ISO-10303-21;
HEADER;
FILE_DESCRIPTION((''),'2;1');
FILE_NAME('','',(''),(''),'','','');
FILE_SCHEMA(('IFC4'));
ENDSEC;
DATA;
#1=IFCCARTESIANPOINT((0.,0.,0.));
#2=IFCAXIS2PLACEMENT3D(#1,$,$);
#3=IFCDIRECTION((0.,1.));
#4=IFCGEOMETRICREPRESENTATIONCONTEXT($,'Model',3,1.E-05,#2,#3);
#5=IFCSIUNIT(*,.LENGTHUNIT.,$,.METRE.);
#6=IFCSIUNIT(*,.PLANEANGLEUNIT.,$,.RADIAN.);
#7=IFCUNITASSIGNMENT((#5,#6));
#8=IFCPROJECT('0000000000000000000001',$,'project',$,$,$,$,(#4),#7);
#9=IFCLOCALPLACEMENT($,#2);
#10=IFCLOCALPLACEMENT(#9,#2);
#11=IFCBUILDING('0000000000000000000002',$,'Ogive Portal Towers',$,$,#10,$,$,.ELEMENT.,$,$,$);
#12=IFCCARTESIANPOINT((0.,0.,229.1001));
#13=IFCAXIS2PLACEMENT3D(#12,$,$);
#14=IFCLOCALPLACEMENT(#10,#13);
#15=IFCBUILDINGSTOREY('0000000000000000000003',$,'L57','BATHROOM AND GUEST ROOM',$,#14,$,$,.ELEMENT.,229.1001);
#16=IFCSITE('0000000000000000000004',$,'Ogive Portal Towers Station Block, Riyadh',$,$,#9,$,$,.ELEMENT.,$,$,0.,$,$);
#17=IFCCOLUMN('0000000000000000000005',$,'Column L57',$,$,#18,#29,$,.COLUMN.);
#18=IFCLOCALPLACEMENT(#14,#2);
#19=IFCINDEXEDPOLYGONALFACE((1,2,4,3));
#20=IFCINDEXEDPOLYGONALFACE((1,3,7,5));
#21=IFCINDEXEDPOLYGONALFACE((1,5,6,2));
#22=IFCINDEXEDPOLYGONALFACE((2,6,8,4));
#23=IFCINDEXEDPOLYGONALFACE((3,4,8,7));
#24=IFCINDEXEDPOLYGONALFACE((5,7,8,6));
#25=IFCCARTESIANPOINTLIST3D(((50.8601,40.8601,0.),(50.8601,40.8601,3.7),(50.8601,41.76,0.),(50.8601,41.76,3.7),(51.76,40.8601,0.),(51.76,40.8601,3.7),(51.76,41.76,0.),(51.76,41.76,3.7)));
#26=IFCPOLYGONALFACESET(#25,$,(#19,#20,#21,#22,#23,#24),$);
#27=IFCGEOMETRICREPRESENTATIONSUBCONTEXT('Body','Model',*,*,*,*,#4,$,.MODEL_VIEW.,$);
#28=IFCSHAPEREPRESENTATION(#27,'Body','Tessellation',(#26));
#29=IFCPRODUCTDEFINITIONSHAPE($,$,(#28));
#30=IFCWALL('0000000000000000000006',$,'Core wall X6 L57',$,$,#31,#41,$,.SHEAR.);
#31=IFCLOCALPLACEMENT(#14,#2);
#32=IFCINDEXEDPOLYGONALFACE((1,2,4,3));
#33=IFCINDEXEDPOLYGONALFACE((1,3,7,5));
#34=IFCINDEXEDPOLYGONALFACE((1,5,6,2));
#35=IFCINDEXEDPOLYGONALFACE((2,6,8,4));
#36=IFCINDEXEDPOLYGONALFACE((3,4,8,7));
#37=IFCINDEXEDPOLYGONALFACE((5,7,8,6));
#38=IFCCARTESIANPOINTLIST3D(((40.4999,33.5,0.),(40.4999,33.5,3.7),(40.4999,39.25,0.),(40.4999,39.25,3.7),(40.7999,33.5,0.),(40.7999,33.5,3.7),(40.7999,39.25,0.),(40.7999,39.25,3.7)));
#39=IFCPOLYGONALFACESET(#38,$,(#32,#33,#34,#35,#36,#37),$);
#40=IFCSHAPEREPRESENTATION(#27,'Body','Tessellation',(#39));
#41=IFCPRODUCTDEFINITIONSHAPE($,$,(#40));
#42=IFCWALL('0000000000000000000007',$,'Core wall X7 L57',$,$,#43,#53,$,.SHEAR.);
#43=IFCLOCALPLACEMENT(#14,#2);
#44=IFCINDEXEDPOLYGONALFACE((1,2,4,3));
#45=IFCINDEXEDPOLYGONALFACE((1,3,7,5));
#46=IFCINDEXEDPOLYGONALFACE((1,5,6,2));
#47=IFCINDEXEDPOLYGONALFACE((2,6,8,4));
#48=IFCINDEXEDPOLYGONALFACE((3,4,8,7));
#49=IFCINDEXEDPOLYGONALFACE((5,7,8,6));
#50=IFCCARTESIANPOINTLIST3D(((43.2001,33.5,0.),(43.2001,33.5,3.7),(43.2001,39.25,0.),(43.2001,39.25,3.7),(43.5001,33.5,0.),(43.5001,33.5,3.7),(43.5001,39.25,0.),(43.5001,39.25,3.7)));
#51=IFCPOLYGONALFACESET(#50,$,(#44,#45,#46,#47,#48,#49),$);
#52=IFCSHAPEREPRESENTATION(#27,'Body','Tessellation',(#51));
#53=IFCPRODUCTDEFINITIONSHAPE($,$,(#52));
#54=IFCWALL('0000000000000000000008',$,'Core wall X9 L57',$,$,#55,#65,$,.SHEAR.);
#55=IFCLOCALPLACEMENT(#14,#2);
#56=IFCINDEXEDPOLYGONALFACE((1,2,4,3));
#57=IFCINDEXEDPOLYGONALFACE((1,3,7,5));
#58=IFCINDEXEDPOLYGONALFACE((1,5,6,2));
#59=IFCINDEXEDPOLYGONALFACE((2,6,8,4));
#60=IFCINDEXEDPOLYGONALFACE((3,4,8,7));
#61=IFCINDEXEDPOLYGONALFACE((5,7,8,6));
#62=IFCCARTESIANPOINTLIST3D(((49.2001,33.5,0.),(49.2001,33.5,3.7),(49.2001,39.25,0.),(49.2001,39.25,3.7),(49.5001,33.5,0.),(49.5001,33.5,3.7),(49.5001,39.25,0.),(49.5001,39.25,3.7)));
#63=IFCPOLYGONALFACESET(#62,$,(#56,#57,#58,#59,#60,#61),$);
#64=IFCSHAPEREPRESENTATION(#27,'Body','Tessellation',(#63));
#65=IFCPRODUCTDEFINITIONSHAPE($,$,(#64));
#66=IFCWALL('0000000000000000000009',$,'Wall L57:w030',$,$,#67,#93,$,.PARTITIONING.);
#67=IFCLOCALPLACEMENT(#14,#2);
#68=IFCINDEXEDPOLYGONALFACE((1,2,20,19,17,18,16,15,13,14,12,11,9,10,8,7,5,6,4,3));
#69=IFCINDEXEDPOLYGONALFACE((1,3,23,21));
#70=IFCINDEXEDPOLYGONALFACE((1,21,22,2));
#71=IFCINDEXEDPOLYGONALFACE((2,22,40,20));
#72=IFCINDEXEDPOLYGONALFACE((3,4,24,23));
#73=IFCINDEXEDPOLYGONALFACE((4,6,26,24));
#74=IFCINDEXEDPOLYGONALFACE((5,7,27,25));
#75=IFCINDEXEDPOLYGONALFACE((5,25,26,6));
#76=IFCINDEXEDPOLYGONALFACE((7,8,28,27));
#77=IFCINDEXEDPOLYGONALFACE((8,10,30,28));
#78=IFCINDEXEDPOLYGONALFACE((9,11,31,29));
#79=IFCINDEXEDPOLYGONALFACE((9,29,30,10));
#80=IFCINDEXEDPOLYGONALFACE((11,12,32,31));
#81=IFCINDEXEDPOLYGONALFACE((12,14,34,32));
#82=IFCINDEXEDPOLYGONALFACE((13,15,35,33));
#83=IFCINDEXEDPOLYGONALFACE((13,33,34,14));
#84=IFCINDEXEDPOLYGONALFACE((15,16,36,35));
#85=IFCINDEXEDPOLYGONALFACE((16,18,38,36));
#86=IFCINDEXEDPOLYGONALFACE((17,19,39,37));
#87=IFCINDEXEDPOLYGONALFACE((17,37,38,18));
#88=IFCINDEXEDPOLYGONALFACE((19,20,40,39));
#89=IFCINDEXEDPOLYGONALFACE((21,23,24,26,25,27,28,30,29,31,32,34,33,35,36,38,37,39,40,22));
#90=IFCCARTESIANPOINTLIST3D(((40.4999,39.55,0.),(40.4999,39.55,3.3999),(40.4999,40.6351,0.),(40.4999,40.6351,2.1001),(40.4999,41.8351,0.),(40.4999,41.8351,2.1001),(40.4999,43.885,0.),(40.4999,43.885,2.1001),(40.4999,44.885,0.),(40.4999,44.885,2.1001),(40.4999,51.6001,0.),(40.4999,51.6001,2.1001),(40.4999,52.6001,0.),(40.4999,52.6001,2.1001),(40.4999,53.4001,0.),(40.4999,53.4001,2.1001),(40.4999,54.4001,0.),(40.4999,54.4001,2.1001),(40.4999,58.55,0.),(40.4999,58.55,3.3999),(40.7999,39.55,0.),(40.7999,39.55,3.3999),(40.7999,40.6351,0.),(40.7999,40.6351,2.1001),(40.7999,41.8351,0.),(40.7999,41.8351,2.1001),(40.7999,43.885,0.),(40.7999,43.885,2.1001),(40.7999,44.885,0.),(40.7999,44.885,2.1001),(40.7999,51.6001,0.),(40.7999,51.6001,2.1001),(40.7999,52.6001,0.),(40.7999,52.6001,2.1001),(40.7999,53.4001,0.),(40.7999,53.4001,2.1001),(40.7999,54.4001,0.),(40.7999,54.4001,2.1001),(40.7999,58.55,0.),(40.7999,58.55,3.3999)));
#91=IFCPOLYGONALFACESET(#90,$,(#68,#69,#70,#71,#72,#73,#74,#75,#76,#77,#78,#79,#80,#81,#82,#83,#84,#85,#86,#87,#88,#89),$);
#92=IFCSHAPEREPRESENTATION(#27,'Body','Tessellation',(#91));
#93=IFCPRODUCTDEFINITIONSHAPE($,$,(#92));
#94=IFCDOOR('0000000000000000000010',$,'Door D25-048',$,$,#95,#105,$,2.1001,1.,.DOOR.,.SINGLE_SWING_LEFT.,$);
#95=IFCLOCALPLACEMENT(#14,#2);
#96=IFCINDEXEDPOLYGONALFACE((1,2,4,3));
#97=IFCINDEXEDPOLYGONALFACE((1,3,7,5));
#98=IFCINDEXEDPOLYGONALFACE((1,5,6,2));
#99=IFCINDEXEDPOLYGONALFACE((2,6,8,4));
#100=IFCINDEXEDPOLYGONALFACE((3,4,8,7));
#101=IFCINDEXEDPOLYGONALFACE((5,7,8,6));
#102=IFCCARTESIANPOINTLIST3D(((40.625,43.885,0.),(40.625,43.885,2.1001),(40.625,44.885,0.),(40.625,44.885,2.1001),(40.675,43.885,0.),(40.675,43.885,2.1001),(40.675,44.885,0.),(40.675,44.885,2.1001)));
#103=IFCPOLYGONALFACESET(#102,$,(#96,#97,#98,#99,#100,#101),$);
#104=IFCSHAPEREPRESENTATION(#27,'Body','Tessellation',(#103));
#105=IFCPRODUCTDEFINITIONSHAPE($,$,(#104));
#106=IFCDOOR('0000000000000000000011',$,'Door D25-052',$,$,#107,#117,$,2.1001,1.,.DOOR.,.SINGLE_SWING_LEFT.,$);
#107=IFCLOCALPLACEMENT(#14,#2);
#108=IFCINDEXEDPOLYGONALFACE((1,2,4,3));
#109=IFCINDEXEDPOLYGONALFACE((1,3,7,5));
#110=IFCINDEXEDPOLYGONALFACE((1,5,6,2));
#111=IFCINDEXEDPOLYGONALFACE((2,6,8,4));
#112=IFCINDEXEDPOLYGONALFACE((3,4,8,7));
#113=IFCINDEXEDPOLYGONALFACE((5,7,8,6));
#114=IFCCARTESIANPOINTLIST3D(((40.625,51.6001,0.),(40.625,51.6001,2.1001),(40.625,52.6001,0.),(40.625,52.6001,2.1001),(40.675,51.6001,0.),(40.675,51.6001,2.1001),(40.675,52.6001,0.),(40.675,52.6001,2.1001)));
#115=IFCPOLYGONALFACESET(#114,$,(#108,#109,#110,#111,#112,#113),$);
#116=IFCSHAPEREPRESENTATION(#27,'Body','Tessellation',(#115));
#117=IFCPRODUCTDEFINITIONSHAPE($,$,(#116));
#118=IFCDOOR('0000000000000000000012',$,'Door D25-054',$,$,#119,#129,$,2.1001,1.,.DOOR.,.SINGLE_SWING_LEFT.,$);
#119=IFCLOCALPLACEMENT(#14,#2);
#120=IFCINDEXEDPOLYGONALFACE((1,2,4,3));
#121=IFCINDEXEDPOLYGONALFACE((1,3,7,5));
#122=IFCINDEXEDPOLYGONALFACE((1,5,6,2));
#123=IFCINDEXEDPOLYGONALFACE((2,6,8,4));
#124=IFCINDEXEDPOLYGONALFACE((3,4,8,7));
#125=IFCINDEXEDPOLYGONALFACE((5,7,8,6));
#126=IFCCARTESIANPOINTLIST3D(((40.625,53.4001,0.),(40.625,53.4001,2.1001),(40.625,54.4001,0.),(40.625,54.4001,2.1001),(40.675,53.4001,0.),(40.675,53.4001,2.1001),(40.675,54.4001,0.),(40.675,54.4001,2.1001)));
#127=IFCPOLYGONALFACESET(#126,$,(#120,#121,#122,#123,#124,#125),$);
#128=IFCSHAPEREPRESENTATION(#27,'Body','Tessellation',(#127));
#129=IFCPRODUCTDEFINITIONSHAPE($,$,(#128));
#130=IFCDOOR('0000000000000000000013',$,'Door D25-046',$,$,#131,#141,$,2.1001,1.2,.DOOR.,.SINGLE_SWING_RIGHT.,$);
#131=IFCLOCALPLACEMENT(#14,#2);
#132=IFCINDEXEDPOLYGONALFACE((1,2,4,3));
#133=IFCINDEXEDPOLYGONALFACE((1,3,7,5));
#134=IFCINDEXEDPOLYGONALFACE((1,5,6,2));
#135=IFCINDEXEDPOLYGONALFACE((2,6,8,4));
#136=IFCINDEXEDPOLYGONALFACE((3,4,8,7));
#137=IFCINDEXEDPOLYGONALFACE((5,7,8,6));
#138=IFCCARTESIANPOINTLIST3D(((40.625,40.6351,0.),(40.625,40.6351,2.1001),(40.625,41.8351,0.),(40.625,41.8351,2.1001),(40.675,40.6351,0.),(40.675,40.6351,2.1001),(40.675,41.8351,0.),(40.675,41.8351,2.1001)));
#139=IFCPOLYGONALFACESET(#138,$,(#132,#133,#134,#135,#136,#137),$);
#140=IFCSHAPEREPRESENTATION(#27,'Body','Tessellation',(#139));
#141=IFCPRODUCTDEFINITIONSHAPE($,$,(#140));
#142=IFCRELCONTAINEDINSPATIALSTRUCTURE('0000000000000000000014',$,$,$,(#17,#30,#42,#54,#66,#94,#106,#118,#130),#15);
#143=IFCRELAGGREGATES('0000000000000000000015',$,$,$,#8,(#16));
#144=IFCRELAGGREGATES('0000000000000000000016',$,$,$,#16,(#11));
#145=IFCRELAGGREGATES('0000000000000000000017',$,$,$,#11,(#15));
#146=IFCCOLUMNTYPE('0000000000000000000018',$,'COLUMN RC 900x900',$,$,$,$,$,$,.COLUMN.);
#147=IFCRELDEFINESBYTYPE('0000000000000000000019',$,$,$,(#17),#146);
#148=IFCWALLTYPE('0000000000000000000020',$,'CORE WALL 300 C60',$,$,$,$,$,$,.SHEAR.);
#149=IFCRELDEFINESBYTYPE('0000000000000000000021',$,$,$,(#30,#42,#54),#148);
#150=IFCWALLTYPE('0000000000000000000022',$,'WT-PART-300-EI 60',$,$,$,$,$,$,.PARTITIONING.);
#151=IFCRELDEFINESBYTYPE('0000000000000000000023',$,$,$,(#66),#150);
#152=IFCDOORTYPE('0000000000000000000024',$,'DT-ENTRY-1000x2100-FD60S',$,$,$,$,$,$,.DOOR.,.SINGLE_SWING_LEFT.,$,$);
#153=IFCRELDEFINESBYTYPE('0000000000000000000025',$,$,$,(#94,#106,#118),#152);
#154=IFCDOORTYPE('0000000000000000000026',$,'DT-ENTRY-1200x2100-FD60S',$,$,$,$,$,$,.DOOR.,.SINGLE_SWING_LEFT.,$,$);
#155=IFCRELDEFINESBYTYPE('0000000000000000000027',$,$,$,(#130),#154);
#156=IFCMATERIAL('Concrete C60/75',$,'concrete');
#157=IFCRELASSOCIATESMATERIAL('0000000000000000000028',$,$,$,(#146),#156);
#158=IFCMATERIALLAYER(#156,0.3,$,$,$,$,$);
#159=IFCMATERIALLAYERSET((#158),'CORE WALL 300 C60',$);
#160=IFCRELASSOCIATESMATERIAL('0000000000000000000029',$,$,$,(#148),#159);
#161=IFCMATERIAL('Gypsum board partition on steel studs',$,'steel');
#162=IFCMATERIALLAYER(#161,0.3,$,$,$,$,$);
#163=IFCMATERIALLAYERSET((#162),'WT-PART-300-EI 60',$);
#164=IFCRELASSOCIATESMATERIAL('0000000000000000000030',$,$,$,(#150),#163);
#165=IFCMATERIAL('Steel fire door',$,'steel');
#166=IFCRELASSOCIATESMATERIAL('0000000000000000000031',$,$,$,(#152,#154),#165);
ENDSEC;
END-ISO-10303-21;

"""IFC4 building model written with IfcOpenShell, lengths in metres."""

from ifc_helpers import new_model, si_unit, direction, frame, frame_2d, origin, origin_2d, place, context, subcontext, project, spatial, rectangle, extrude, material, layer, layer_set, material_profile, profile_set, type_object, element, fill, save


model = new_model("IFC4")

# Units and contexts
model_context = context("Model", 3, precision=1e-05, world=origin(), true_north=direction((0.0, 1.0)))
body_context = subcontext(model_context, "Body", "Model", "MODEL_VIEW")
ifc_project = project(units=[si_unit("LENGTHUNIT", "METRE"), si_unit("PLANEANGLEUNIT", "RADIAN")], contexts=[model_context])

# Site, building, storey
site_placement = place(None, origin())
site = spatial("IfcSite", under=ifc_project, at=site_placement, Name="Ogive Portal Towers Station Block, Riyadh", CompositionType="ELEMENT", RefElevation=0.0)
building_placement = place(site_placement, origin())
building = spatial("IfcBuilding", under=site, at=building_placement, Name="Ogive Portal Towers", CompositionType="ELEMENT")
storey_placement = place(building_placement, frame((0.0, 0.0, 229.1001)))
storey = spatial("IfcBuildingStorey", under=building, at=storey_placement, Name="L57", Description="BATHROOM AND GUEST ROOM", CompositionType="ELEMENT", Elevation=229.1001)

# Column
ifc_material_1 = material(Name="Concrete C60/75", Category="concrete")
ifc_material_profile = material_profile(ifc_material_1, rectangle(XDim=0.8999, YDim=0.8999, at=origin_2d()), Name="RC 900x900")
ifc_profile_set = profile_set([ifc_material_profile], Name="Concrete C60/75")
column_type = type_object("IfcColumnType", Name="COLUMN RC 900x900", PredefinedType="COLUMN", material=ifc_profile_set)
column_placement = place(storey_placement, frame((51.3101, 41.3101, 0.0), z_axis=(0.0, 0.0, 1.0), x_axis=(1.0, 0.0, 0.0)))
element("IfcColumn", 1, at=column_placement, inside=storey, type_object=column_type, Name="Column L57", PredefinedType="COLUMN", context=body_context, shape_type="SweptSolid", body=[
    extrude(rectangle(XDim=0.8999, YDim=0.8999, at=origin_2d()), origin(), (0.0, 0.0, 1.0), 3.7),
])

# Shared definitions
ifc_layer_1 = layer(ifc_material_1, 0.3)
ifc_layer_set_1 = layer_set([ifc_layer_1], Name="CORE WALL 300 C60")
wall_type_1 = type_object("IfcWallType", Name="CORE WALL 300 C60", PredefinedType="SHEAR", material=ifc_layer_set_1)
ifc_material_2 = material(Name="Steel fire door", Category="steel")

# Walls
for number, where, z_axis, x_axis, name in (
    (2, (40.6499, 33.5, 0.0), (0.0, 0.0, 1.0), (0.0, 1.0, 0.0), "Core wall X6 L57"),
    (3, (43.3501, 33.5, 0.0), (0.0, 0.0, 1.0), (0.0, 1.0, 0.0), "Core wall X7 L57"),
    (4, (49.3501, 33.5, 0.0), (0.0, 0.0, 1.0), (0.0, 1.0, 0.0), "Core wall X9 L57"),
):
    element("IfcWall", number, at=place(storey_placement, frame(where, z_axis=z_axis, x_axis=x_axis)), inside=storey, type_object=wall_type_1, Name=name, PredefinedType="SHEAR", context=body_context, shape_type="SweptSolid", body=[
        extrude(rectangle(XDim=5.75, YDim=0.3, at=frame_2d((2.875, 0.0))), origin(), (0.0, 0.0, 1.0), 3.7),
    ])

# Wall, openings, doors
ifc_material_3 = material(Name="Gypsum board partition on steel studs", Category="steel")
ifc_layer_2 = layer(ifc_material_3, 0.3)
ifc_layer_set_2 = layer_set([ifc_layer_2], Name="WT-PART-300-EI 60")
wall_type_2 = type_object("IfcWallType", Name="WT-PART-300-EI 60", PredefinedType="PARTITIONING", material=ifc_layer_set_2)
wall_1_placement = place(storey_placement, frame((40.6499, 39.55, 0.0), z_axis=(0.0, 0.0, 1.0), x_axis=(0.0, 1.0, 0.0)))
wall_1 = element("IfcWall", 5, at=wall_1_placement, inside=storey, type_object=wall_type_2, Name="Wall L57:w030", PredefinedType="PARTITIONING", context=body_context, shape_type="SweptSolid", body=[
    extrude(rectangle(XDim=19.0, YDim=0.3, at=frame_2d((9.5, 0.0))), origin(), (0.0, 0.0, 1.0), 3.3999),
])
opening_1_placement = place(wall_1_placement, frame((1.085, 0.0, 0.0)))
opening_1 = element("IfcOpeningElement", 6, at=opening_1_placement, cuts=wall_1, PredefinedType="OPENING", context=body_context, shape_type="SweptSolid", body=[
    extrude(rectangle(XDim=1.2, YDim=2.1001, at=frame_2d((0.6001, 1.05))), frame((0.0, 0.1602, 0.0), z_axis=(0.0, -1.0, 0.0), x_axis=(1.0, 0.0, 0.0)), (0.0, 0.0, 1.0), 0.3201),
])
opening_2_placement = place(wall_1_placement, frame((4.335, 0.0, 0.0)))
opening_2 = element("IfcOpeningElement", 7, at=opening_2_placement, cuts=wall_1, PredefinedType="OPENING", context=body_context, shape_type="SweptSolid", body=[
    extrude(rectangle(XDim=1.0, YDim=2.1001, at=frame_2d((0.5, 1.05))), frame((0.0, 0.1602, 0.0), z_axis=(0.0, -1.0, 0.0), x_axis=(1.0, 0.0, 0.0)), (0.0, 0.0, 1.0), 0.3201),
])
opening_3_placement = place(wall_1_placement, frame((12.05, 0.0, 0.0)))
opening_3 = element("IfcOpeningElement", 8, at=opening_3_placement, cuts=wall_1, PredefinedType="OPENING", context=body_context, shape_type="SweptSolid", body=[
    extrude(rectangle(XDim=1.0, YDim=2.1001, at=frame_2d((0.5, 1.05))), frame((0.0, 0.1602, 0.0), z_axis=(0.0, -1.0, 0.0), x_axis=(1.0, 0.0, 0.0)), (0.0, 0.0, 1.0), 0.3201),
])
opening_4_placement = place(wall_1_placement, frame((13.8501, 0.0, 0.0)))
opening_4 = element("IfcOpeningElement", 9, at=opening_4_placement, cuts=wall_1, PredefinedType="OPENING", context=body_context, shape_type="SweptSolid", body=[
    extrude(rectangle(XDim=1.0, YDim=2.1001, at=frame_2d((0.5, 1.05))), frame((0.0, 0.1602, 0.0), z_axis=(0.0, -1.0, 0.0), x_axis=(1.0, 0.0, 0.0)), (0.0, 0.0, 1.0), 0.3201),
])
door_type_1 = type_object("IfcDoorType", Name="DT-ENTRY-1000x2100-FD60S", OperationType="SINGLE_SWING_LEFT", PredefinedType="DOOR", material=ifc_material_2)
door_1_placement = place(opening_2_placement, origin())
door_1 = element("IfcDoor", 10, at=door_1_placement, inside=storey, type_object=door_type_1, Name="Door D25-048", OperationType="SINGLE_SWING_LEFT", OverallHeight=2.1001, OverallWidth=1.0, PredefinedType="DOOR", context=body_context, shape_type="SweptSolid", body=[
    extrude(rectangle(XDim=1.0, YDim=2.1001, at=frame_2d((0.5, 1.05))), frame((0.0, 0.0249, 0.0), z_axis=(0.0, -1.0, 0.0), x_axis=(1.0, 0.0, 0.0)), (0.0, 0.0, 1.0), 0.05),
])
fill(opening_2, door_1)
door_2_placement = place(opening_3_placement, origin())
door_2 = element("IfcDoor", 11, at=door_2_placement, inside=storey, type_object=door_type_1, Name="Door D25-052", OperationType="SINGLE_SWING_LEFT", OverallHeight=2.1001, OverallWidth=1.0, PredefinedType="DOOR", context=body_context, shape_type="SweptSolid", body=[
    extrude(rectangle(XDim=1.0, YDim=2.1001, at=frame_2d((0.5, 1.05))), frame((0.0, 0.0249, 0.0), z_axis=(0.0, -1.0, 0.0), x_axis=(1.0, 0.0, 0.0)), (0.0, 0.0, 1.0), 0.05),
])
fill(opening_3, door_2)
door_3_placement = place(opening_4_placement, origin())
door_3 = element("IfcDoor", 12, at=door_3_placement, inside=storey, type_object=door_type_1, Name="Door D25-054", OperationType="SINGLE_SWING_LEFT", OverallHeight=2.1001, OverallWidth=1.0, PredefinedType="DOOR", context=body_context, shape_type="SweptSolid", body=[
    extrude(rectangle(XDim=1.0, YDim=2.1001, at=frame_2d((0.5, 1.05))), frame((0.0, 0.0249, 0.0), z_axis=(0.0, -1.0, 0.0), x_axis=(1.0, 0.0, 0.0)), (0.0, 0.0, 1.0), 0.05),
])
fill(opening_4, door_3)
door_type_2 = type_object("IfcDoorType", Name="DT-ENTRY-1200x2100-FD60S", OperationType="SINGLE_SWING_LEFT", PredefinedType="DOOR", material=ifc_material_2)
door_4_placement = place(opening_1_placement, origin())
door_4 = element("IfcDoor", 13, at=door_4_placement, inside=storey, type_object=door_type_2, Name="Door D25-046", OperationType="SINGLE_SWING_RIGHT", OverallHeight=2.1001, OverallWidth=1.2, PredefinedType="DOOR", context=body_context, shape_type="SweptSolid", body=[
    extrude(rectangle(XDim=1.2, YDim=2.1001, at=frame_2d((0.6001, 1.05))), frame((0.0, 0.0249, 0.0), z_axis=(0.0, -1.0, 0.0), x_axis=(1.0, 0.0, 0.0)), (0.0, 0.0, 1.0), 0.05),
])
fill(opening_1, door_4)

save(model, "model.ifc")
